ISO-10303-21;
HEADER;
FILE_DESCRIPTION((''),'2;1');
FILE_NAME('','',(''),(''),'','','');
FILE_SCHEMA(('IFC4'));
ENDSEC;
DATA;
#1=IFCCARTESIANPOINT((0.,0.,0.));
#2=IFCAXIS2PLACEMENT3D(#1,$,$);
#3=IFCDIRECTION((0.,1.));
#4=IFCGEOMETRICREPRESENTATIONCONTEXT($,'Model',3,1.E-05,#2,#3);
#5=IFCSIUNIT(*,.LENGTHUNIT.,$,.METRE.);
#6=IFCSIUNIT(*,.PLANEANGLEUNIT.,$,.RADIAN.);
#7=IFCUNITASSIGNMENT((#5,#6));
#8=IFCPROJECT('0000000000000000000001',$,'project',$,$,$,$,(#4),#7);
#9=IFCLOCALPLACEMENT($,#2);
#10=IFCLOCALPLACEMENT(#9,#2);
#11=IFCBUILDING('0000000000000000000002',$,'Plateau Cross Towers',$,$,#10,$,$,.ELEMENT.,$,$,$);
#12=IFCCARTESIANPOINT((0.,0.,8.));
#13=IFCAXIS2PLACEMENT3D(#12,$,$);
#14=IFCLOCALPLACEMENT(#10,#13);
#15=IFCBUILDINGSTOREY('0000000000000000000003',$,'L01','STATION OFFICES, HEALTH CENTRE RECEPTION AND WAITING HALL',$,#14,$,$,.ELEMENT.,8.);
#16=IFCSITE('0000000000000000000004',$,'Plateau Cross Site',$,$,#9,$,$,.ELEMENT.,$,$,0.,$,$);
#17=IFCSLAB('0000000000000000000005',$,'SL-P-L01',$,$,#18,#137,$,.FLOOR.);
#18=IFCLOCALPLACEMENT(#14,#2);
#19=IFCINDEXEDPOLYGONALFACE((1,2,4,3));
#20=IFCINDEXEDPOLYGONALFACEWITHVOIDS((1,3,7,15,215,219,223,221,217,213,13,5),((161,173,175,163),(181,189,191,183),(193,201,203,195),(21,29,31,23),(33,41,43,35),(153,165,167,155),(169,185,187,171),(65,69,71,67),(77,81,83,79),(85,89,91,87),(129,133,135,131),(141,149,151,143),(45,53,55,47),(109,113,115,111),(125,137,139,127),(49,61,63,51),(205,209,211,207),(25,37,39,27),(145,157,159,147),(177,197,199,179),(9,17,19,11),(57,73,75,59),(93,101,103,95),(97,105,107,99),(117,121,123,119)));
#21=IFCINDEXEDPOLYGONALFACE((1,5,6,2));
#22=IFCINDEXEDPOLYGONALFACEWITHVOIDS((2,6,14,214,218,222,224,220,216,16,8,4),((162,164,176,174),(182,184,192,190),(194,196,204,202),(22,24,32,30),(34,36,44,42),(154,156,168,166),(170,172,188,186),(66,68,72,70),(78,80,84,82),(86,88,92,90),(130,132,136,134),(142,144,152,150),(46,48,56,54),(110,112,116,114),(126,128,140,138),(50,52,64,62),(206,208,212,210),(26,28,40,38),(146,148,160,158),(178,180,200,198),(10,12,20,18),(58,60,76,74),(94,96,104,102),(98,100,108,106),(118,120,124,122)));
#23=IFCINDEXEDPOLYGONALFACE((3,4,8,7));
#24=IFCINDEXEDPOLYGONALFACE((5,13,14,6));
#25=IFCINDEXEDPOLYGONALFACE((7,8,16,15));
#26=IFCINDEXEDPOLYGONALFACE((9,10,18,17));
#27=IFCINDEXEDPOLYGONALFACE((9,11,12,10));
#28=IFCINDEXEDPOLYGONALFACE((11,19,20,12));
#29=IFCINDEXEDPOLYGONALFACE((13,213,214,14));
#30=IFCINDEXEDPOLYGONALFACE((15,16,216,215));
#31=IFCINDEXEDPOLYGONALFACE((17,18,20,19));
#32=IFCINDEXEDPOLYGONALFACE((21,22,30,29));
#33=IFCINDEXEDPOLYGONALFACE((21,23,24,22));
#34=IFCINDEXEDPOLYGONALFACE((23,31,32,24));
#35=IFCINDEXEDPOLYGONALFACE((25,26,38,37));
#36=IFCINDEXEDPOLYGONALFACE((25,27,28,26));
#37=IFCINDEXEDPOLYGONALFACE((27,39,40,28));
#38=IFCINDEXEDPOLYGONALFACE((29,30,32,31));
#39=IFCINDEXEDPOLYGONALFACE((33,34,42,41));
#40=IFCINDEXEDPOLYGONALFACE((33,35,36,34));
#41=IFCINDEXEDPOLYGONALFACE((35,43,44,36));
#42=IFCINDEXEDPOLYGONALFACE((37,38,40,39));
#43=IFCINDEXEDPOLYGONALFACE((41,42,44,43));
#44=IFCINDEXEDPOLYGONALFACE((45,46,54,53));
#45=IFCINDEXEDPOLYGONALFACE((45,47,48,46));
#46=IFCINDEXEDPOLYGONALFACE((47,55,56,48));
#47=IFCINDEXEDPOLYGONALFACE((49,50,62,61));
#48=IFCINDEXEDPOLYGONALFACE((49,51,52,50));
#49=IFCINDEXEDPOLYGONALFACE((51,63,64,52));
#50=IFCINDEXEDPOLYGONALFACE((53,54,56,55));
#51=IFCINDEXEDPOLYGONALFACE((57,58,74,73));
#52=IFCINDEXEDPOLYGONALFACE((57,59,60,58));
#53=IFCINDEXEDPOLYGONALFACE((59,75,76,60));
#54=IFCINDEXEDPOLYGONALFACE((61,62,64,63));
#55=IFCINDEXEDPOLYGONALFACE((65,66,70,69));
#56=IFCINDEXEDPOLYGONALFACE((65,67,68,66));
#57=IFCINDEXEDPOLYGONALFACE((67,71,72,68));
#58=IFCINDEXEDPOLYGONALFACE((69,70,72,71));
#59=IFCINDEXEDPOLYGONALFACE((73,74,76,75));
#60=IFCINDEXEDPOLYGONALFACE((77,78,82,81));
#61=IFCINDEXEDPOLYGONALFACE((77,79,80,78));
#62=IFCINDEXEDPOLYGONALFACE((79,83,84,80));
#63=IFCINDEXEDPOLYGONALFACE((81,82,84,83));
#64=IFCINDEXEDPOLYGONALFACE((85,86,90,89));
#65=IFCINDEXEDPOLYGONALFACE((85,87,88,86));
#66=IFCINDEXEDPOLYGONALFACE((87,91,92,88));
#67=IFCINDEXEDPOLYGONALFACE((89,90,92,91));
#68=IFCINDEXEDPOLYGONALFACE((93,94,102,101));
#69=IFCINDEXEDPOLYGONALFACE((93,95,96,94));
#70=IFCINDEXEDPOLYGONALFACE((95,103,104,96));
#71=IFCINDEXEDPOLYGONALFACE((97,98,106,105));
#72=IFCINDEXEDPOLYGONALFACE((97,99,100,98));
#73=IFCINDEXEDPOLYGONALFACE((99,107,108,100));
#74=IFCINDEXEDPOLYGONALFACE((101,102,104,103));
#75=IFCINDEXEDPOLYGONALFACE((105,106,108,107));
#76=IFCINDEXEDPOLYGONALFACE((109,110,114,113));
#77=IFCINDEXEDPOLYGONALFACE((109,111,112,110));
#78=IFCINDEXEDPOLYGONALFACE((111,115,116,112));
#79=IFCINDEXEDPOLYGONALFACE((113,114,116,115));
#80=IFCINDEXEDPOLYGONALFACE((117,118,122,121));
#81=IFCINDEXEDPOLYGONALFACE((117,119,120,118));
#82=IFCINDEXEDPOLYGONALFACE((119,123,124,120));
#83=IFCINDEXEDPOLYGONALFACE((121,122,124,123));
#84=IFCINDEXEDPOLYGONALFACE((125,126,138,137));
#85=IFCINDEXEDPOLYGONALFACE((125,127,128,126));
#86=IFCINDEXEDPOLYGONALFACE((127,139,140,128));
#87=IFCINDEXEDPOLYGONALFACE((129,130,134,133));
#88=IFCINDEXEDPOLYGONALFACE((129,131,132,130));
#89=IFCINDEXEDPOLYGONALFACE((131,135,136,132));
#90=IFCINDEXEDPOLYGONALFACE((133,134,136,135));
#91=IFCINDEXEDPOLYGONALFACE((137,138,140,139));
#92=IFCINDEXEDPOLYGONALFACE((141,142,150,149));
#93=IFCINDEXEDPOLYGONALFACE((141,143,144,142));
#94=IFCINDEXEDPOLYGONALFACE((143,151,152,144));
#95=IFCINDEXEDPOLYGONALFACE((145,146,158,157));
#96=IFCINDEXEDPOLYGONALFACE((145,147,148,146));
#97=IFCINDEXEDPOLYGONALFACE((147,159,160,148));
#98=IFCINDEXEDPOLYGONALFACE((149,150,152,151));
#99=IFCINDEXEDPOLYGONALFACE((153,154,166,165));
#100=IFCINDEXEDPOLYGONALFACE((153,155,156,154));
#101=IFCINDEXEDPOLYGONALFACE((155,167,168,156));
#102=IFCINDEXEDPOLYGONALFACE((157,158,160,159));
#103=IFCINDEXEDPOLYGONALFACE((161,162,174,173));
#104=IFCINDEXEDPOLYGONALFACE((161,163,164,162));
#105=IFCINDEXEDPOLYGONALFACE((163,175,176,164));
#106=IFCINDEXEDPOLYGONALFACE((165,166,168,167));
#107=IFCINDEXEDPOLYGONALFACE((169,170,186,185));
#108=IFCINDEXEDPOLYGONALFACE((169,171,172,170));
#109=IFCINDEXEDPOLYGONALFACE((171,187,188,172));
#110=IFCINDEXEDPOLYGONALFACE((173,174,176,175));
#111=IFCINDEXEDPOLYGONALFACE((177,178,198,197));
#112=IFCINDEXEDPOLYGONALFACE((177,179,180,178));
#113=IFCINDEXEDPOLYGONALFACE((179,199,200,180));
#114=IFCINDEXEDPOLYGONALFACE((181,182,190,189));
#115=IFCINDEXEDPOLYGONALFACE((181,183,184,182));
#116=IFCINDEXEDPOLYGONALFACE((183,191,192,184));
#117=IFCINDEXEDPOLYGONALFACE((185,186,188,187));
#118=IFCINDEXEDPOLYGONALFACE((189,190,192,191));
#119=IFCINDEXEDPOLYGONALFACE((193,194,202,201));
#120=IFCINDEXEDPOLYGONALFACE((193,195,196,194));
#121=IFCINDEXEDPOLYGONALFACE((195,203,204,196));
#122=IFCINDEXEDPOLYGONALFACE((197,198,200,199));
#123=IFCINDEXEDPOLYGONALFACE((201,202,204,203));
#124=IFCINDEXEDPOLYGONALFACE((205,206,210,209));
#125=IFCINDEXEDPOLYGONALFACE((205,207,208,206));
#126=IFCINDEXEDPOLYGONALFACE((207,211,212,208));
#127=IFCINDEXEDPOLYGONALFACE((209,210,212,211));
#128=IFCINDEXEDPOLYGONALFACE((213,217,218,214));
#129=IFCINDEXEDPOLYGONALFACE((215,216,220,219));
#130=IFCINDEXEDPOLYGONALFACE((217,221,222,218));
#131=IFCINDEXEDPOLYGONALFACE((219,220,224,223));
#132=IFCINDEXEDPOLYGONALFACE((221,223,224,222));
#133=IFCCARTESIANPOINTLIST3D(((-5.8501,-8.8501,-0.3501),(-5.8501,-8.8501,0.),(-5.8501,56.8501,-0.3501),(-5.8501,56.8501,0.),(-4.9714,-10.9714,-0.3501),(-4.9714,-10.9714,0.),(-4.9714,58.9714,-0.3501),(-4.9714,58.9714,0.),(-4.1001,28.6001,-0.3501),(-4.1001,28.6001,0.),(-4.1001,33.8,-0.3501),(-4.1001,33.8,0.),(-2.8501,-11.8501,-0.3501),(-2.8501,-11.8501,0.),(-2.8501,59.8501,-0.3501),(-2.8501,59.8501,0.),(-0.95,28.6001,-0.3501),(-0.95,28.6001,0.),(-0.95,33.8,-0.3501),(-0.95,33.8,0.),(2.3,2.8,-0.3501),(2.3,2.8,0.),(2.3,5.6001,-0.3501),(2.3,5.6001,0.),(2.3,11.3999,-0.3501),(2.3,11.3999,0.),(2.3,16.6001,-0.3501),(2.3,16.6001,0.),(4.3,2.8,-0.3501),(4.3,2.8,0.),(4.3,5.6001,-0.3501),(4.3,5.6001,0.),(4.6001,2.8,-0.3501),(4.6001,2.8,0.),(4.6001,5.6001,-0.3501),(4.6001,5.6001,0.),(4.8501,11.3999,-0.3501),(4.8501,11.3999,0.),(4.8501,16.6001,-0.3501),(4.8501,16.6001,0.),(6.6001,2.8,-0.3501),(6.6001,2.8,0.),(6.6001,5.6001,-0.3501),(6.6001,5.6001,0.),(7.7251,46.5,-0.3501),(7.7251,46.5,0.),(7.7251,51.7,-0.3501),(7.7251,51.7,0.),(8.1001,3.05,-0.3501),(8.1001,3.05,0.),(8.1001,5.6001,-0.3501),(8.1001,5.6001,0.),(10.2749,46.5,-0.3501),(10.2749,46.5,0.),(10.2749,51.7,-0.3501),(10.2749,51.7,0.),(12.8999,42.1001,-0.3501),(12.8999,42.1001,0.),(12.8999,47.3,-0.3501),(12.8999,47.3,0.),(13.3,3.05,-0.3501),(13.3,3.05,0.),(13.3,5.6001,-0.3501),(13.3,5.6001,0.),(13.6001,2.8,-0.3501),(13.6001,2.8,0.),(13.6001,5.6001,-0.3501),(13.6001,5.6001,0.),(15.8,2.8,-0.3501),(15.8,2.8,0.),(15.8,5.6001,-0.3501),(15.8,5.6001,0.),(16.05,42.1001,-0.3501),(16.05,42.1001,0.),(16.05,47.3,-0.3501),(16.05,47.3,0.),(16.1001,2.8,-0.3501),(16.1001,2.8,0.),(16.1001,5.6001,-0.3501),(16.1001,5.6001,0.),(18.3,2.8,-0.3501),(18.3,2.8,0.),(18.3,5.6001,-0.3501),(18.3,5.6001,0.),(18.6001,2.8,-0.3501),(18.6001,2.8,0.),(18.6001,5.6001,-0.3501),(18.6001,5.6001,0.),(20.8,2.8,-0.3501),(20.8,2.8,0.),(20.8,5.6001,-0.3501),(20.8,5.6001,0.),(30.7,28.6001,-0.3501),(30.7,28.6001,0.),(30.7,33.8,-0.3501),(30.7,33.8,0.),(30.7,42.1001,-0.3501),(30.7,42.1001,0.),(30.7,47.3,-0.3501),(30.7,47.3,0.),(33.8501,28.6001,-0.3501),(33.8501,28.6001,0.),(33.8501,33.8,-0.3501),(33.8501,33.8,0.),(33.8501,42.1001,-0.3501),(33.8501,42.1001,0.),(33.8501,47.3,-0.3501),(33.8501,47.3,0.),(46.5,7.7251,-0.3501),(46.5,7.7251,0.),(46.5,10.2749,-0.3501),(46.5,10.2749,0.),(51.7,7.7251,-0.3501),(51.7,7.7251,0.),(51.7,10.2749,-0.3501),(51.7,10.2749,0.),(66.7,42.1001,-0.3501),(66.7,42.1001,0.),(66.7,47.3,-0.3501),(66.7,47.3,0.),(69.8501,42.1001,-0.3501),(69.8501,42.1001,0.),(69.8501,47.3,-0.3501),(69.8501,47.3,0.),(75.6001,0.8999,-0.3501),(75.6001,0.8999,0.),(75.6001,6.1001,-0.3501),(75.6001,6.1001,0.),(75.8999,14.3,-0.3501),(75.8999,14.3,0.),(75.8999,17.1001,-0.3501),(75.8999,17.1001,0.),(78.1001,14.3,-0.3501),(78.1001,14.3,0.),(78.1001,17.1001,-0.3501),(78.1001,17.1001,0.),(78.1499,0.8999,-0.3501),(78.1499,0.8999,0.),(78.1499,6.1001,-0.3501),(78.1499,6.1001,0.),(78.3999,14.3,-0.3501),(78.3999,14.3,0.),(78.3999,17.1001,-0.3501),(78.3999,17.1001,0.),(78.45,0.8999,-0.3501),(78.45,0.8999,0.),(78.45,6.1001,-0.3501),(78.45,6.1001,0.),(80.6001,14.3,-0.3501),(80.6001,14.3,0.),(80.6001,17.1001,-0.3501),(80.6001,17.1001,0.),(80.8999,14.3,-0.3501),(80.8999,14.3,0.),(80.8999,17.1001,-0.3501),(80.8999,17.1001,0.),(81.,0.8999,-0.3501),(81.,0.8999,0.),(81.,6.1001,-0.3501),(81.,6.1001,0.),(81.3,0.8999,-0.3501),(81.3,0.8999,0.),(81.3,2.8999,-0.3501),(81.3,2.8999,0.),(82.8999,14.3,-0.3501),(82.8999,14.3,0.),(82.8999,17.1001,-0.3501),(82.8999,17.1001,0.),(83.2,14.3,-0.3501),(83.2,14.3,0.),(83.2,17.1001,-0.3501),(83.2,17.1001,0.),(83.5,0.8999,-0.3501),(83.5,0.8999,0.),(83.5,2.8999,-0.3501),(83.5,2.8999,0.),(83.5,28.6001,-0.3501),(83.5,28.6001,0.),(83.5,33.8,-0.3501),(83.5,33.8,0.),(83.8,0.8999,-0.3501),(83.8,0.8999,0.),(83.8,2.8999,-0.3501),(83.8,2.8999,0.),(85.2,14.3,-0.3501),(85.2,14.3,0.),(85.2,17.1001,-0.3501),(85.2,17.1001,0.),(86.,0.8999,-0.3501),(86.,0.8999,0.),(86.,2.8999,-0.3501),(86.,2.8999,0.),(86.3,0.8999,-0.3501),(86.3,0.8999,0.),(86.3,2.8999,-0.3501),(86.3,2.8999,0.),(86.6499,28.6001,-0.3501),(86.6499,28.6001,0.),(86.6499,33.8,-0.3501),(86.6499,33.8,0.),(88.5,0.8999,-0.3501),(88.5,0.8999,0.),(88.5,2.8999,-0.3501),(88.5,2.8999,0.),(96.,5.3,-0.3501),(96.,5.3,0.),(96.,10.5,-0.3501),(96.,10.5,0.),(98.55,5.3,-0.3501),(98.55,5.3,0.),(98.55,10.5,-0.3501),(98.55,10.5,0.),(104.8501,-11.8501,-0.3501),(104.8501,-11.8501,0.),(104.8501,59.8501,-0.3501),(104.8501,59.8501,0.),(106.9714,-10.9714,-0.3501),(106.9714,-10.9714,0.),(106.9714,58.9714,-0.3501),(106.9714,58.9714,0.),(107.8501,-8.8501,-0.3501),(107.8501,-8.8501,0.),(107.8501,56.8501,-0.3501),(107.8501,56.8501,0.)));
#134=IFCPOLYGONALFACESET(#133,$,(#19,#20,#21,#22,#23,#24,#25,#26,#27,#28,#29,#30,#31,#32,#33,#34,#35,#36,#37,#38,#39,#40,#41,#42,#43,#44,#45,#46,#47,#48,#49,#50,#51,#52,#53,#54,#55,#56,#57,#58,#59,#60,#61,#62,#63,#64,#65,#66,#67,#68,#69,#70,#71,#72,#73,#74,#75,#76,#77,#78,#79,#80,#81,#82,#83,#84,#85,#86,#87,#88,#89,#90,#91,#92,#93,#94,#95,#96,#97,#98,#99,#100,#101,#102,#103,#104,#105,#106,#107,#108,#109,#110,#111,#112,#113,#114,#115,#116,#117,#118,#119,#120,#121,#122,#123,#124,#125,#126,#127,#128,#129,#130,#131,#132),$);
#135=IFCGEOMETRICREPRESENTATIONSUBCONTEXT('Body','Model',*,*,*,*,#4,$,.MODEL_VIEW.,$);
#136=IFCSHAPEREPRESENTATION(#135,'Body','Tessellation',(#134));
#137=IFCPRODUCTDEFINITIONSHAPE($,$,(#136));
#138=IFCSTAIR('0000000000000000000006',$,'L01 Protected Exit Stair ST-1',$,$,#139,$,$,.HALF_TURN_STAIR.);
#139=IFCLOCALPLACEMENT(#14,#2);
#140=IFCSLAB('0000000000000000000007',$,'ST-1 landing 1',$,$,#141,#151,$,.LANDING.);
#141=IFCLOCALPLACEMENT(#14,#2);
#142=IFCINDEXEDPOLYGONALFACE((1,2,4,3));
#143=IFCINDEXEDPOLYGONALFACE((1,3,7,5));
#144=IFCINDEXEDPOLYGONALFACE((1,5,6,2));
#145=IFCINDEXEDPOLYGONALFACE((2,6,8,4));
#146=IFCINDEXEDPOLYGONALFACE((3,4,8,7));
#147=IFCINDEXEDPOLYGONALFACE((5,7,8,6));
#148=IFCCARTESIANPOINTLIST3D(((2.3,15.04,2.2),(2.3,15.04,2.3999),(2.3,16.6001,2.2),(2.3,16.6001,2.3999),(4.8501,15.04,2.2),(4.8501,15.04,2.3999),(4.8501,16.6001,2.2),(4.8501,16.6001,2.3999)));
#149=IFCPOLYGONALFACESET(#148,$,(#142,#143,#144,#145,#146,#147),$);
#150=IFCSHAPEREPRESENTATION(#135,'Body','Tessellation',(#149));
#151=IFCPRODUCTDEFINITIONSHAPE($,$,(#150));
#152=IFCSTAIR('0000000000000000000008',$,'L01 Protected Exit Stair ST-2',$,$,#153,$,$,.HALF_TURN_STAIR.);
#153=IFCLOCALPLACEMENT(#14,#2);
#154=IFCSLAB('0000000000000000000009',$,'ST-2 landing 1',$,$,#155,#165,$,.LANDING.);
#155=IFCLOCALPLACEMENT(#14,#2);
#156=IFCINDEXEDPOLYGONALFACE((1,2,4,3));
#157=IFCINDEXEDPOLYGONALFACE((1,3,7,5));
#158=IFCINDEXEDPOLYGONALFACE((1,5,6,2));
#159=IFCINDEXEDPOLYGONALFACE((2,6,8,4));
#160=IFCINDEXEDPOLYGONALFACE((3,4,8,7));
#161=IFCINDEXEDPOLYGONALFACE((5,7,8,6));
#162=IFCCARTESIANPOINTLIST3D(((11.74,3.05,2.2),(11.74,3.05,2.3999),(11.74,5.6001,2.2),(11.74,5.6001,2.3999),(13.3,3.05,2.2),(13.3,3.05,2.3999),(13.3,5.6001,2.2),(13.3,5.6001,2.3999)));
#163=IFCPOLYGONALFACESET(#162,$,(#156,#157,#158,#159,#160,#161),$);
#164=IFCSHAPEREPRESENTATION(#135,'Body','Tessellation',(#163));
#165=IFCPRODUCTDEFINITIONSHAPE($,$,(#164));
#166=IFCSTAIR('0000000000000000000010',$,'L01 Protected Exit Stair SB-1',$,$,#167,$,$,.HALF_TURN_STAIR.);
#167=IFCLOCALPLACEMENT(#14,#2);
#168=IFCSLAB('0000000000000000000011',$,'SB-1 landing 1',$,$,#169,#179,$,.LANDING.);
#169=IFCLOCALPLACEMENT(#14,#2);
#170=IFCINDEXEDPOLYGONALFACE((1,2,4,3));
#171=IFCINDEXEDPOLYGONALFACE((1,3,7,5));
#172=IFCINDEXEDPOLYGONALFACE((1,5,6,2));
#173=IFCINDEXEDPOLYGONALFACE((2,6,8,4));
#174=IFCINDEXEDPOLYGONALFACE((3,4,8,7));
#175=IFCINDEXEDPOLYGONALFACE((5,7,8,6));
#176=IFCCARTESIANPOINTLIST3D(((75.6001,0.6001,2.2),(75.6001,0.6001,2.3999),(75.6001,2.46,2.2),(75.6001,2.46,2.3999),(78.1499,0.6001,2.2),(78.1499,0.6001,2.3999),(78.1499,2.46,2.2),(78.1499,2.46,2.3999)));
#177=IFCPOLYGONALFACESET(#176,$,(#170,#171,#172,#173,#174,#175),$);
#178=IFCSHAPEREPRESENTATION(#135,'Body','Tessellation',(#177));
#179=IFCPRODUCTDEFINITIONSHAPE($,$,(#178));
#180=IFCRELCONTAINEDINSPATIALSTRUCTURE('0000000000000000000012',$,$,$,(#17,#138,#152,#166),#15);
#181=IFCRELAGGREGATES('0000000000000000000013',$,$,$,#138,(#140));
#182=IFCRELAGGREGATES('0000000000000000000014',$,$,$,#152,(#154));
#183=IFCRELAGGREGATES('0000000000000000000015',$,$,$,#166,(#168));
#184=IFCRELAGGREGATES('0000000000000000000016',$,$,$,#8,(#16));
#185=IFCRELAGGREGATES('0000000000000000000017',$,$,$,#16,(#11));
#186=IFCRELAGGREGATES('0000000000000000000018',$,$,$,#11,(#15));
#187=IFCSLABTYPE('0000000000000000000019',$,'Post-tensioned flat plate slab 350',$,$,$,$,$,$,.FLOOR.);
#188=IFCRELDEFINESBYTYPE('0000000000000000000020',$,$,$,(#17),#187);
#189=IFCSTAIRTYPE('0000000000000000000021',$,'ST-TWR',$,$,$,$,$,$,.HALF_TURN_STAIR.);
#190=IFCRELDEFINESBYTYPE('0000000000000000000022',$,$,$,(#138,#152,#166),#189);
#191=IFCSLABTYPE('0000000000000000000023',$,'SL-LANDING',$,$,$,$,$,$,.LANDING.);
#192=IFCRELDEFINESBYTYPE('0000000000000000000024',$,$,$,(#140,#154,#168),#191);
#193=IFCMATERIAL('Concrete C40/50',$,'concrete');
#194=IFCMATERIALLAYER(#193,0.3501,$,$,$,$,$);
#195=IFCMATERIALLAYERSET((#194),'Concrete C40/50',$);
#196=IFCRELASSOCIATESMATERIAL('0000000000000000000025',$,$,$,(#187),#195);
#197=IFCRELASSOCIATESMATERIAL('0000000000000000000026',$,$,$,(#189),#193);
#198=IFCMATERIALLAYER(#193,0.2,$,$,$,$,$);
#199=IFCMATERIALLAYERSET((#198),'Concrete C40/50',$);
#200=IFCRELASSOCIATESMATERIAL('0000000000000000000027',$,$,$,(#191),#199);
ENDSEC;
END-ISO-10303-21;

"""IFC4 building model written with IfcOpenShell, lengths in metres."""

from ifc_helpers import new_model, si_unit, direction, frame, origin, place, context, subcontext, project, spatial, polyline, outline, extrude, material, layer, layer_set, type_object, element, aggregate, save


model = new_model("IFC4")

# Units and contexts
model_context = context("Model", 3, precision=1e-05, world=origin(), true_north=direction((0.0, 1.0)))
body_context = subcontext(model_context, "Body", "Model", "MODEL_VIEW")
ifc_project = project(units=[si_unit("LENGTHUNIT", "METRE"), si_unit("PLANEANGLEUNIT", "RADIAN")], contexts=[model_context])

# Site, building, storey
site_placement = place(None, origin())
site = spatial("IfcSite", under=ifc_project, at=site_placement, Name="Plateau Cross Site", CompositionType="ELEMENT", RefElevation=0.0)
building_placement = place(site_placement, origin())
building = spatial("IfcBuilding", under=site, at=building_placement, Name="Plateau Cross Towers", CompositionType="ELEMENT")
storey_placement = place(building_placement, frame((0.0, 0.0, 8.0)))
storey = spatial("IfcBuildingStorey", under=building, at=storey_placement, Name="L01", Description="STATION OFFICES, HEALTH CENTRE RECEPTION AND WAITING HALL", CompositionType="ELEMENT", Elevation=8.0)

# Slab
ifc_material_1 = material(Name="Concrete C40/50", Category="concrete")
ifc_layer_1 = layer(ifc_material_1, 0.3501)
ifc_layer_set_1 = layer_set([ifc_layer_1], Name="Concrete C40/50")
slab_type_1 = type_object("IfcSlabType", Name="Post-tensioned flat plate slab 350", PredefinedType="FLOOR", material=ifc_layer_set_1)
slab_1_placement = place(storey_placement, frame((0.0, 0.0, -0.3501)))
element("IfcSlab", 1, at=slab_1_placement, inside=storey, type_object=slab_type_1, Name="SL-P-L01", PredefinedType="FLOOR", context=body_context, shape_type="SweptSolid", body=[
    extrude(outline(polyline([(-4.9714, -10.9714), (-5.8501, -8.8501), (-5.8501, 56.8501), (-4.9714, 58.9714), (-2.8501, 59.8501), (104.8501, 59.8501), (106.9714, 58.9714), (107.8501, 56.8501), (107.8501, -8.8501), (106.9714, -10.9714), (104.8501, -11.8501), (-2.8501, -11.8501), (-4.9714, -10.9714)]), holes=[polyline([(4.3, 2.8), (4.3, 5.6001), (2.3, 5.6001), (2.3, 2.8), (4.3, 2.8)]), polyline([(4.6001, 2.8), (6.6001, 2.8), (6.6001, 5.6001), (4.6001, 5.6001), (4.6001, 2.8)]), polyline([(13.6001, 2.8), (15.8, 2.8), (15.8, 5.6001), (13.6001, 5.6001), (13.6001, 2.8)]), polyline([(18.3, 2.8), (18.3, 5.6001), (16.1001, 5.6001), (16.1001, 2.8), (18.3, 2.8)]), polyline([(18.6001, 2.8), (20.8, 2.8), (20.8, 5.6001), (18.6001, 5.6001), (18.6001, 2.8)]), polyline([(8.1001, 3.05), (13.3, 3.05), (13.3, 5.6001), (8.1001, 5.6001), (8.1001, 3.05)]), polyline([(51.7, 7.7251), (51.7, 10.2749), (46.5, 10.2749), (46.5, 7.7251), (51.7, 7.7251)]), polyline([(4.8501, 11.3999), (4.8501, 16.6001), (2.3, 16.6001), (2.3, 11.3999), (4.8501, 11.3999)]), polyline([(-0.95, 28.6001), (-0.95, 33.8), (-4.1001, 33.8), (-4.1001, 28.6001), (-0.95, 28.6001)]), polyline([(33.8501, 33.8), (30.7, 33.8), (30.7, 28.6001), (33.8501, 28.6001), (33.8501, 33.8)]), polyline([(16.05, 42.1001), (16.05, 47.3), (12.8999, 47.3), (12.8999, 42.1001), (16.05, 42.1001)]), polyline([(33.8501, 42.1001), (33.8501, 47.3), (30.7, 47.3), (30.7, 42.1001), (33.8501, 42.1001)]), polyline([(10.2749, 51.7), (7.7251, 51.7), (7.7251, 46.5), (10.2749, 46.5), (10.2749, 51.7)]), polyline([(81.3, 0.8999), (83.5, 0.8999), (83.5, 2.8999), (81.3, 2.8999), (81.3, 0.8999)]), polyline([(83.8, 0.8999), (86.0, 0.8999), (86.0, 2.8999), (83.8, 2.8999), (83.8, 0.8999)]), polyline([(88.5, 0.8999), (88.5, 2.8999), (86.3, 2.8999), (86.3, 0.8999), (88.5, 0.8999)]), polyline([(75.6001, 6.1001), (75.6001, 0.8999), (78.1499, 0.8999), (78.1499, 6.1001), (75.6001, 6.1001)]), polyline([(78.45, 6.1001), (78.45, 0.8999), (81.0, 0.8999), (81.0, 6.1001), (78.45, 6.1001)]), polyline([(96.0, 5.3), (98.55, 5.3), (98.55, 10.5), (96.0, 10.5), (96.0, 5.3)]), polyline([(75.8999, 14.3), (78.1001, 14.3), (78.1001, 17.1001), (75.8999, 17.1001), (75.8999, 14.3)]), polyline([(78.3999, 14.3), (80.6001, 14.3), (80.6001, 17.1001), (78.3999, 17.1001), (78.3999, 14.3)]), polyline([(80.8999, 14.3), (82.8999, 14.3), (82.8999, 17.1001), (80.8999, 17.1001), (80.8999, 14.3)]), polyline([(83.2, 14.3), (85.2, 14.3), (85.2, 17.1001), (83.2, 17.1001), (83.2, 14.3)]), polyline([(86.6499, 28.6001), (86.6499, 33.8), (83.5, 33.8), (83.5, 28.6001), (86.6499, 28.6001)]), polyline([(69.8501, 42.1001), (69.8501, 47.3), (66.7, 47.3), (66.7, 42.1001), (69.8501, 42.1001)])]), origin(), (0.0, 0.0, 1.0), 0.3501),
])

# Stairs, slabs
stair_type = type_object("IfcStairType", Name="ST-TWR", PredefinedType="HALF_TURN_STAIR", material=ifc_material_1)
stair_1_placement = place(storey_placement, origin())
stair_1 = element("IfcStair", 2, at=stair_1_placement, inside=storey, type_object=stair_type, Name="L01 Protected Exit Stair ST-1", PredefinedType="HALF_TURN_STAIR")
ifc_layer_2 = layer(ifc_material_1, 0.2)
ifc_layer_set_2 = layer_set([ifc_layer_2], Name="Concrete C40/50")
slab_type_2 = type_object("IfcSlabType", Name="SL-LANDING", PredefinedType="LANDING", material=ifc_layer_set_2)
slab_2_placement = place(storey_placement, frame((0.0, 0.0, 2.2)))
slab_2 = element("IfcSlab", 3, at=slab_2_placement, type_object=slab_type_2, Name="ST-1 landing 1", PredefinedType="LANDING", context=body_context, shape_type="SweptSolid", body=[
    extrude(outline(polyline([(4.8501, 15.04), (4.8501, 16.6001), (2.3, 16.6001), (2.3, 15.04), (4.8501, 15.04)])), origin(), (0.0, 0.0, 1.0), 0.2),
])
aggregate(stair_1, [slab_2])
stair_2_placement = place(storey_placement, origin())
stair_2 = element("IfcStair", 4, at=stair_2_placement, inside=storey, type_object=stair_type, Name="L01 Protected Exit Stair ST-2", PredefinedType="HALF_TURN_STAIR")
slab_3_placement = place(storey_placement, frame((0.0, 0.0, 2.2)))
slab_3 = element("IfcSlab", 5, at=slab_3_placement, type_object=slab_type_2, Name="ST-2 landing 1", PredefinedType="LANDING", context=body_context, shape_type="SweptSolid", body=[
    extrude(outline(polyline([(11.74, 3.05), (13.3, 3.05), (13.3, 5.6001), (11.74, 5.6001), (11.74, 3.05)])), origin(), (0.0, 0.0, 1.0), 0.2),
])
aggregate(stair_2, [slab_3])
stair_3_placement = place(storey_placement, origin())
stair_3 = element("IfcStair", 6, at=stair_3_placement, inside=storey, type_object=stair_type, Name="L01 Protected Exit Stair SB-1", PredefinedType="HALF_TURN_STAIR")
slab_4_placement = place(storey_placement, frame((0.0, 0.0, 2.2)))
slab_4 = element("IfcSlab", 7, at=slab_4_placement, type_object=slab_type_2, Name="SB-1 landing 1", PredefinedType="LANDING", context=body_context, shape_type="SweptSolid", body=[
    extrude(outline(polyline([(75.6001, 2.46), (75.6001, 0.6001), (78.1499, 0.6001), (78.1499, 2.46), (75.6001, 2.46)])), origin(), (0.0, 0.0, 1.0), 0.2),
])
aggregate(stair_3, [slab_4])

save(model, "model.ifc")
